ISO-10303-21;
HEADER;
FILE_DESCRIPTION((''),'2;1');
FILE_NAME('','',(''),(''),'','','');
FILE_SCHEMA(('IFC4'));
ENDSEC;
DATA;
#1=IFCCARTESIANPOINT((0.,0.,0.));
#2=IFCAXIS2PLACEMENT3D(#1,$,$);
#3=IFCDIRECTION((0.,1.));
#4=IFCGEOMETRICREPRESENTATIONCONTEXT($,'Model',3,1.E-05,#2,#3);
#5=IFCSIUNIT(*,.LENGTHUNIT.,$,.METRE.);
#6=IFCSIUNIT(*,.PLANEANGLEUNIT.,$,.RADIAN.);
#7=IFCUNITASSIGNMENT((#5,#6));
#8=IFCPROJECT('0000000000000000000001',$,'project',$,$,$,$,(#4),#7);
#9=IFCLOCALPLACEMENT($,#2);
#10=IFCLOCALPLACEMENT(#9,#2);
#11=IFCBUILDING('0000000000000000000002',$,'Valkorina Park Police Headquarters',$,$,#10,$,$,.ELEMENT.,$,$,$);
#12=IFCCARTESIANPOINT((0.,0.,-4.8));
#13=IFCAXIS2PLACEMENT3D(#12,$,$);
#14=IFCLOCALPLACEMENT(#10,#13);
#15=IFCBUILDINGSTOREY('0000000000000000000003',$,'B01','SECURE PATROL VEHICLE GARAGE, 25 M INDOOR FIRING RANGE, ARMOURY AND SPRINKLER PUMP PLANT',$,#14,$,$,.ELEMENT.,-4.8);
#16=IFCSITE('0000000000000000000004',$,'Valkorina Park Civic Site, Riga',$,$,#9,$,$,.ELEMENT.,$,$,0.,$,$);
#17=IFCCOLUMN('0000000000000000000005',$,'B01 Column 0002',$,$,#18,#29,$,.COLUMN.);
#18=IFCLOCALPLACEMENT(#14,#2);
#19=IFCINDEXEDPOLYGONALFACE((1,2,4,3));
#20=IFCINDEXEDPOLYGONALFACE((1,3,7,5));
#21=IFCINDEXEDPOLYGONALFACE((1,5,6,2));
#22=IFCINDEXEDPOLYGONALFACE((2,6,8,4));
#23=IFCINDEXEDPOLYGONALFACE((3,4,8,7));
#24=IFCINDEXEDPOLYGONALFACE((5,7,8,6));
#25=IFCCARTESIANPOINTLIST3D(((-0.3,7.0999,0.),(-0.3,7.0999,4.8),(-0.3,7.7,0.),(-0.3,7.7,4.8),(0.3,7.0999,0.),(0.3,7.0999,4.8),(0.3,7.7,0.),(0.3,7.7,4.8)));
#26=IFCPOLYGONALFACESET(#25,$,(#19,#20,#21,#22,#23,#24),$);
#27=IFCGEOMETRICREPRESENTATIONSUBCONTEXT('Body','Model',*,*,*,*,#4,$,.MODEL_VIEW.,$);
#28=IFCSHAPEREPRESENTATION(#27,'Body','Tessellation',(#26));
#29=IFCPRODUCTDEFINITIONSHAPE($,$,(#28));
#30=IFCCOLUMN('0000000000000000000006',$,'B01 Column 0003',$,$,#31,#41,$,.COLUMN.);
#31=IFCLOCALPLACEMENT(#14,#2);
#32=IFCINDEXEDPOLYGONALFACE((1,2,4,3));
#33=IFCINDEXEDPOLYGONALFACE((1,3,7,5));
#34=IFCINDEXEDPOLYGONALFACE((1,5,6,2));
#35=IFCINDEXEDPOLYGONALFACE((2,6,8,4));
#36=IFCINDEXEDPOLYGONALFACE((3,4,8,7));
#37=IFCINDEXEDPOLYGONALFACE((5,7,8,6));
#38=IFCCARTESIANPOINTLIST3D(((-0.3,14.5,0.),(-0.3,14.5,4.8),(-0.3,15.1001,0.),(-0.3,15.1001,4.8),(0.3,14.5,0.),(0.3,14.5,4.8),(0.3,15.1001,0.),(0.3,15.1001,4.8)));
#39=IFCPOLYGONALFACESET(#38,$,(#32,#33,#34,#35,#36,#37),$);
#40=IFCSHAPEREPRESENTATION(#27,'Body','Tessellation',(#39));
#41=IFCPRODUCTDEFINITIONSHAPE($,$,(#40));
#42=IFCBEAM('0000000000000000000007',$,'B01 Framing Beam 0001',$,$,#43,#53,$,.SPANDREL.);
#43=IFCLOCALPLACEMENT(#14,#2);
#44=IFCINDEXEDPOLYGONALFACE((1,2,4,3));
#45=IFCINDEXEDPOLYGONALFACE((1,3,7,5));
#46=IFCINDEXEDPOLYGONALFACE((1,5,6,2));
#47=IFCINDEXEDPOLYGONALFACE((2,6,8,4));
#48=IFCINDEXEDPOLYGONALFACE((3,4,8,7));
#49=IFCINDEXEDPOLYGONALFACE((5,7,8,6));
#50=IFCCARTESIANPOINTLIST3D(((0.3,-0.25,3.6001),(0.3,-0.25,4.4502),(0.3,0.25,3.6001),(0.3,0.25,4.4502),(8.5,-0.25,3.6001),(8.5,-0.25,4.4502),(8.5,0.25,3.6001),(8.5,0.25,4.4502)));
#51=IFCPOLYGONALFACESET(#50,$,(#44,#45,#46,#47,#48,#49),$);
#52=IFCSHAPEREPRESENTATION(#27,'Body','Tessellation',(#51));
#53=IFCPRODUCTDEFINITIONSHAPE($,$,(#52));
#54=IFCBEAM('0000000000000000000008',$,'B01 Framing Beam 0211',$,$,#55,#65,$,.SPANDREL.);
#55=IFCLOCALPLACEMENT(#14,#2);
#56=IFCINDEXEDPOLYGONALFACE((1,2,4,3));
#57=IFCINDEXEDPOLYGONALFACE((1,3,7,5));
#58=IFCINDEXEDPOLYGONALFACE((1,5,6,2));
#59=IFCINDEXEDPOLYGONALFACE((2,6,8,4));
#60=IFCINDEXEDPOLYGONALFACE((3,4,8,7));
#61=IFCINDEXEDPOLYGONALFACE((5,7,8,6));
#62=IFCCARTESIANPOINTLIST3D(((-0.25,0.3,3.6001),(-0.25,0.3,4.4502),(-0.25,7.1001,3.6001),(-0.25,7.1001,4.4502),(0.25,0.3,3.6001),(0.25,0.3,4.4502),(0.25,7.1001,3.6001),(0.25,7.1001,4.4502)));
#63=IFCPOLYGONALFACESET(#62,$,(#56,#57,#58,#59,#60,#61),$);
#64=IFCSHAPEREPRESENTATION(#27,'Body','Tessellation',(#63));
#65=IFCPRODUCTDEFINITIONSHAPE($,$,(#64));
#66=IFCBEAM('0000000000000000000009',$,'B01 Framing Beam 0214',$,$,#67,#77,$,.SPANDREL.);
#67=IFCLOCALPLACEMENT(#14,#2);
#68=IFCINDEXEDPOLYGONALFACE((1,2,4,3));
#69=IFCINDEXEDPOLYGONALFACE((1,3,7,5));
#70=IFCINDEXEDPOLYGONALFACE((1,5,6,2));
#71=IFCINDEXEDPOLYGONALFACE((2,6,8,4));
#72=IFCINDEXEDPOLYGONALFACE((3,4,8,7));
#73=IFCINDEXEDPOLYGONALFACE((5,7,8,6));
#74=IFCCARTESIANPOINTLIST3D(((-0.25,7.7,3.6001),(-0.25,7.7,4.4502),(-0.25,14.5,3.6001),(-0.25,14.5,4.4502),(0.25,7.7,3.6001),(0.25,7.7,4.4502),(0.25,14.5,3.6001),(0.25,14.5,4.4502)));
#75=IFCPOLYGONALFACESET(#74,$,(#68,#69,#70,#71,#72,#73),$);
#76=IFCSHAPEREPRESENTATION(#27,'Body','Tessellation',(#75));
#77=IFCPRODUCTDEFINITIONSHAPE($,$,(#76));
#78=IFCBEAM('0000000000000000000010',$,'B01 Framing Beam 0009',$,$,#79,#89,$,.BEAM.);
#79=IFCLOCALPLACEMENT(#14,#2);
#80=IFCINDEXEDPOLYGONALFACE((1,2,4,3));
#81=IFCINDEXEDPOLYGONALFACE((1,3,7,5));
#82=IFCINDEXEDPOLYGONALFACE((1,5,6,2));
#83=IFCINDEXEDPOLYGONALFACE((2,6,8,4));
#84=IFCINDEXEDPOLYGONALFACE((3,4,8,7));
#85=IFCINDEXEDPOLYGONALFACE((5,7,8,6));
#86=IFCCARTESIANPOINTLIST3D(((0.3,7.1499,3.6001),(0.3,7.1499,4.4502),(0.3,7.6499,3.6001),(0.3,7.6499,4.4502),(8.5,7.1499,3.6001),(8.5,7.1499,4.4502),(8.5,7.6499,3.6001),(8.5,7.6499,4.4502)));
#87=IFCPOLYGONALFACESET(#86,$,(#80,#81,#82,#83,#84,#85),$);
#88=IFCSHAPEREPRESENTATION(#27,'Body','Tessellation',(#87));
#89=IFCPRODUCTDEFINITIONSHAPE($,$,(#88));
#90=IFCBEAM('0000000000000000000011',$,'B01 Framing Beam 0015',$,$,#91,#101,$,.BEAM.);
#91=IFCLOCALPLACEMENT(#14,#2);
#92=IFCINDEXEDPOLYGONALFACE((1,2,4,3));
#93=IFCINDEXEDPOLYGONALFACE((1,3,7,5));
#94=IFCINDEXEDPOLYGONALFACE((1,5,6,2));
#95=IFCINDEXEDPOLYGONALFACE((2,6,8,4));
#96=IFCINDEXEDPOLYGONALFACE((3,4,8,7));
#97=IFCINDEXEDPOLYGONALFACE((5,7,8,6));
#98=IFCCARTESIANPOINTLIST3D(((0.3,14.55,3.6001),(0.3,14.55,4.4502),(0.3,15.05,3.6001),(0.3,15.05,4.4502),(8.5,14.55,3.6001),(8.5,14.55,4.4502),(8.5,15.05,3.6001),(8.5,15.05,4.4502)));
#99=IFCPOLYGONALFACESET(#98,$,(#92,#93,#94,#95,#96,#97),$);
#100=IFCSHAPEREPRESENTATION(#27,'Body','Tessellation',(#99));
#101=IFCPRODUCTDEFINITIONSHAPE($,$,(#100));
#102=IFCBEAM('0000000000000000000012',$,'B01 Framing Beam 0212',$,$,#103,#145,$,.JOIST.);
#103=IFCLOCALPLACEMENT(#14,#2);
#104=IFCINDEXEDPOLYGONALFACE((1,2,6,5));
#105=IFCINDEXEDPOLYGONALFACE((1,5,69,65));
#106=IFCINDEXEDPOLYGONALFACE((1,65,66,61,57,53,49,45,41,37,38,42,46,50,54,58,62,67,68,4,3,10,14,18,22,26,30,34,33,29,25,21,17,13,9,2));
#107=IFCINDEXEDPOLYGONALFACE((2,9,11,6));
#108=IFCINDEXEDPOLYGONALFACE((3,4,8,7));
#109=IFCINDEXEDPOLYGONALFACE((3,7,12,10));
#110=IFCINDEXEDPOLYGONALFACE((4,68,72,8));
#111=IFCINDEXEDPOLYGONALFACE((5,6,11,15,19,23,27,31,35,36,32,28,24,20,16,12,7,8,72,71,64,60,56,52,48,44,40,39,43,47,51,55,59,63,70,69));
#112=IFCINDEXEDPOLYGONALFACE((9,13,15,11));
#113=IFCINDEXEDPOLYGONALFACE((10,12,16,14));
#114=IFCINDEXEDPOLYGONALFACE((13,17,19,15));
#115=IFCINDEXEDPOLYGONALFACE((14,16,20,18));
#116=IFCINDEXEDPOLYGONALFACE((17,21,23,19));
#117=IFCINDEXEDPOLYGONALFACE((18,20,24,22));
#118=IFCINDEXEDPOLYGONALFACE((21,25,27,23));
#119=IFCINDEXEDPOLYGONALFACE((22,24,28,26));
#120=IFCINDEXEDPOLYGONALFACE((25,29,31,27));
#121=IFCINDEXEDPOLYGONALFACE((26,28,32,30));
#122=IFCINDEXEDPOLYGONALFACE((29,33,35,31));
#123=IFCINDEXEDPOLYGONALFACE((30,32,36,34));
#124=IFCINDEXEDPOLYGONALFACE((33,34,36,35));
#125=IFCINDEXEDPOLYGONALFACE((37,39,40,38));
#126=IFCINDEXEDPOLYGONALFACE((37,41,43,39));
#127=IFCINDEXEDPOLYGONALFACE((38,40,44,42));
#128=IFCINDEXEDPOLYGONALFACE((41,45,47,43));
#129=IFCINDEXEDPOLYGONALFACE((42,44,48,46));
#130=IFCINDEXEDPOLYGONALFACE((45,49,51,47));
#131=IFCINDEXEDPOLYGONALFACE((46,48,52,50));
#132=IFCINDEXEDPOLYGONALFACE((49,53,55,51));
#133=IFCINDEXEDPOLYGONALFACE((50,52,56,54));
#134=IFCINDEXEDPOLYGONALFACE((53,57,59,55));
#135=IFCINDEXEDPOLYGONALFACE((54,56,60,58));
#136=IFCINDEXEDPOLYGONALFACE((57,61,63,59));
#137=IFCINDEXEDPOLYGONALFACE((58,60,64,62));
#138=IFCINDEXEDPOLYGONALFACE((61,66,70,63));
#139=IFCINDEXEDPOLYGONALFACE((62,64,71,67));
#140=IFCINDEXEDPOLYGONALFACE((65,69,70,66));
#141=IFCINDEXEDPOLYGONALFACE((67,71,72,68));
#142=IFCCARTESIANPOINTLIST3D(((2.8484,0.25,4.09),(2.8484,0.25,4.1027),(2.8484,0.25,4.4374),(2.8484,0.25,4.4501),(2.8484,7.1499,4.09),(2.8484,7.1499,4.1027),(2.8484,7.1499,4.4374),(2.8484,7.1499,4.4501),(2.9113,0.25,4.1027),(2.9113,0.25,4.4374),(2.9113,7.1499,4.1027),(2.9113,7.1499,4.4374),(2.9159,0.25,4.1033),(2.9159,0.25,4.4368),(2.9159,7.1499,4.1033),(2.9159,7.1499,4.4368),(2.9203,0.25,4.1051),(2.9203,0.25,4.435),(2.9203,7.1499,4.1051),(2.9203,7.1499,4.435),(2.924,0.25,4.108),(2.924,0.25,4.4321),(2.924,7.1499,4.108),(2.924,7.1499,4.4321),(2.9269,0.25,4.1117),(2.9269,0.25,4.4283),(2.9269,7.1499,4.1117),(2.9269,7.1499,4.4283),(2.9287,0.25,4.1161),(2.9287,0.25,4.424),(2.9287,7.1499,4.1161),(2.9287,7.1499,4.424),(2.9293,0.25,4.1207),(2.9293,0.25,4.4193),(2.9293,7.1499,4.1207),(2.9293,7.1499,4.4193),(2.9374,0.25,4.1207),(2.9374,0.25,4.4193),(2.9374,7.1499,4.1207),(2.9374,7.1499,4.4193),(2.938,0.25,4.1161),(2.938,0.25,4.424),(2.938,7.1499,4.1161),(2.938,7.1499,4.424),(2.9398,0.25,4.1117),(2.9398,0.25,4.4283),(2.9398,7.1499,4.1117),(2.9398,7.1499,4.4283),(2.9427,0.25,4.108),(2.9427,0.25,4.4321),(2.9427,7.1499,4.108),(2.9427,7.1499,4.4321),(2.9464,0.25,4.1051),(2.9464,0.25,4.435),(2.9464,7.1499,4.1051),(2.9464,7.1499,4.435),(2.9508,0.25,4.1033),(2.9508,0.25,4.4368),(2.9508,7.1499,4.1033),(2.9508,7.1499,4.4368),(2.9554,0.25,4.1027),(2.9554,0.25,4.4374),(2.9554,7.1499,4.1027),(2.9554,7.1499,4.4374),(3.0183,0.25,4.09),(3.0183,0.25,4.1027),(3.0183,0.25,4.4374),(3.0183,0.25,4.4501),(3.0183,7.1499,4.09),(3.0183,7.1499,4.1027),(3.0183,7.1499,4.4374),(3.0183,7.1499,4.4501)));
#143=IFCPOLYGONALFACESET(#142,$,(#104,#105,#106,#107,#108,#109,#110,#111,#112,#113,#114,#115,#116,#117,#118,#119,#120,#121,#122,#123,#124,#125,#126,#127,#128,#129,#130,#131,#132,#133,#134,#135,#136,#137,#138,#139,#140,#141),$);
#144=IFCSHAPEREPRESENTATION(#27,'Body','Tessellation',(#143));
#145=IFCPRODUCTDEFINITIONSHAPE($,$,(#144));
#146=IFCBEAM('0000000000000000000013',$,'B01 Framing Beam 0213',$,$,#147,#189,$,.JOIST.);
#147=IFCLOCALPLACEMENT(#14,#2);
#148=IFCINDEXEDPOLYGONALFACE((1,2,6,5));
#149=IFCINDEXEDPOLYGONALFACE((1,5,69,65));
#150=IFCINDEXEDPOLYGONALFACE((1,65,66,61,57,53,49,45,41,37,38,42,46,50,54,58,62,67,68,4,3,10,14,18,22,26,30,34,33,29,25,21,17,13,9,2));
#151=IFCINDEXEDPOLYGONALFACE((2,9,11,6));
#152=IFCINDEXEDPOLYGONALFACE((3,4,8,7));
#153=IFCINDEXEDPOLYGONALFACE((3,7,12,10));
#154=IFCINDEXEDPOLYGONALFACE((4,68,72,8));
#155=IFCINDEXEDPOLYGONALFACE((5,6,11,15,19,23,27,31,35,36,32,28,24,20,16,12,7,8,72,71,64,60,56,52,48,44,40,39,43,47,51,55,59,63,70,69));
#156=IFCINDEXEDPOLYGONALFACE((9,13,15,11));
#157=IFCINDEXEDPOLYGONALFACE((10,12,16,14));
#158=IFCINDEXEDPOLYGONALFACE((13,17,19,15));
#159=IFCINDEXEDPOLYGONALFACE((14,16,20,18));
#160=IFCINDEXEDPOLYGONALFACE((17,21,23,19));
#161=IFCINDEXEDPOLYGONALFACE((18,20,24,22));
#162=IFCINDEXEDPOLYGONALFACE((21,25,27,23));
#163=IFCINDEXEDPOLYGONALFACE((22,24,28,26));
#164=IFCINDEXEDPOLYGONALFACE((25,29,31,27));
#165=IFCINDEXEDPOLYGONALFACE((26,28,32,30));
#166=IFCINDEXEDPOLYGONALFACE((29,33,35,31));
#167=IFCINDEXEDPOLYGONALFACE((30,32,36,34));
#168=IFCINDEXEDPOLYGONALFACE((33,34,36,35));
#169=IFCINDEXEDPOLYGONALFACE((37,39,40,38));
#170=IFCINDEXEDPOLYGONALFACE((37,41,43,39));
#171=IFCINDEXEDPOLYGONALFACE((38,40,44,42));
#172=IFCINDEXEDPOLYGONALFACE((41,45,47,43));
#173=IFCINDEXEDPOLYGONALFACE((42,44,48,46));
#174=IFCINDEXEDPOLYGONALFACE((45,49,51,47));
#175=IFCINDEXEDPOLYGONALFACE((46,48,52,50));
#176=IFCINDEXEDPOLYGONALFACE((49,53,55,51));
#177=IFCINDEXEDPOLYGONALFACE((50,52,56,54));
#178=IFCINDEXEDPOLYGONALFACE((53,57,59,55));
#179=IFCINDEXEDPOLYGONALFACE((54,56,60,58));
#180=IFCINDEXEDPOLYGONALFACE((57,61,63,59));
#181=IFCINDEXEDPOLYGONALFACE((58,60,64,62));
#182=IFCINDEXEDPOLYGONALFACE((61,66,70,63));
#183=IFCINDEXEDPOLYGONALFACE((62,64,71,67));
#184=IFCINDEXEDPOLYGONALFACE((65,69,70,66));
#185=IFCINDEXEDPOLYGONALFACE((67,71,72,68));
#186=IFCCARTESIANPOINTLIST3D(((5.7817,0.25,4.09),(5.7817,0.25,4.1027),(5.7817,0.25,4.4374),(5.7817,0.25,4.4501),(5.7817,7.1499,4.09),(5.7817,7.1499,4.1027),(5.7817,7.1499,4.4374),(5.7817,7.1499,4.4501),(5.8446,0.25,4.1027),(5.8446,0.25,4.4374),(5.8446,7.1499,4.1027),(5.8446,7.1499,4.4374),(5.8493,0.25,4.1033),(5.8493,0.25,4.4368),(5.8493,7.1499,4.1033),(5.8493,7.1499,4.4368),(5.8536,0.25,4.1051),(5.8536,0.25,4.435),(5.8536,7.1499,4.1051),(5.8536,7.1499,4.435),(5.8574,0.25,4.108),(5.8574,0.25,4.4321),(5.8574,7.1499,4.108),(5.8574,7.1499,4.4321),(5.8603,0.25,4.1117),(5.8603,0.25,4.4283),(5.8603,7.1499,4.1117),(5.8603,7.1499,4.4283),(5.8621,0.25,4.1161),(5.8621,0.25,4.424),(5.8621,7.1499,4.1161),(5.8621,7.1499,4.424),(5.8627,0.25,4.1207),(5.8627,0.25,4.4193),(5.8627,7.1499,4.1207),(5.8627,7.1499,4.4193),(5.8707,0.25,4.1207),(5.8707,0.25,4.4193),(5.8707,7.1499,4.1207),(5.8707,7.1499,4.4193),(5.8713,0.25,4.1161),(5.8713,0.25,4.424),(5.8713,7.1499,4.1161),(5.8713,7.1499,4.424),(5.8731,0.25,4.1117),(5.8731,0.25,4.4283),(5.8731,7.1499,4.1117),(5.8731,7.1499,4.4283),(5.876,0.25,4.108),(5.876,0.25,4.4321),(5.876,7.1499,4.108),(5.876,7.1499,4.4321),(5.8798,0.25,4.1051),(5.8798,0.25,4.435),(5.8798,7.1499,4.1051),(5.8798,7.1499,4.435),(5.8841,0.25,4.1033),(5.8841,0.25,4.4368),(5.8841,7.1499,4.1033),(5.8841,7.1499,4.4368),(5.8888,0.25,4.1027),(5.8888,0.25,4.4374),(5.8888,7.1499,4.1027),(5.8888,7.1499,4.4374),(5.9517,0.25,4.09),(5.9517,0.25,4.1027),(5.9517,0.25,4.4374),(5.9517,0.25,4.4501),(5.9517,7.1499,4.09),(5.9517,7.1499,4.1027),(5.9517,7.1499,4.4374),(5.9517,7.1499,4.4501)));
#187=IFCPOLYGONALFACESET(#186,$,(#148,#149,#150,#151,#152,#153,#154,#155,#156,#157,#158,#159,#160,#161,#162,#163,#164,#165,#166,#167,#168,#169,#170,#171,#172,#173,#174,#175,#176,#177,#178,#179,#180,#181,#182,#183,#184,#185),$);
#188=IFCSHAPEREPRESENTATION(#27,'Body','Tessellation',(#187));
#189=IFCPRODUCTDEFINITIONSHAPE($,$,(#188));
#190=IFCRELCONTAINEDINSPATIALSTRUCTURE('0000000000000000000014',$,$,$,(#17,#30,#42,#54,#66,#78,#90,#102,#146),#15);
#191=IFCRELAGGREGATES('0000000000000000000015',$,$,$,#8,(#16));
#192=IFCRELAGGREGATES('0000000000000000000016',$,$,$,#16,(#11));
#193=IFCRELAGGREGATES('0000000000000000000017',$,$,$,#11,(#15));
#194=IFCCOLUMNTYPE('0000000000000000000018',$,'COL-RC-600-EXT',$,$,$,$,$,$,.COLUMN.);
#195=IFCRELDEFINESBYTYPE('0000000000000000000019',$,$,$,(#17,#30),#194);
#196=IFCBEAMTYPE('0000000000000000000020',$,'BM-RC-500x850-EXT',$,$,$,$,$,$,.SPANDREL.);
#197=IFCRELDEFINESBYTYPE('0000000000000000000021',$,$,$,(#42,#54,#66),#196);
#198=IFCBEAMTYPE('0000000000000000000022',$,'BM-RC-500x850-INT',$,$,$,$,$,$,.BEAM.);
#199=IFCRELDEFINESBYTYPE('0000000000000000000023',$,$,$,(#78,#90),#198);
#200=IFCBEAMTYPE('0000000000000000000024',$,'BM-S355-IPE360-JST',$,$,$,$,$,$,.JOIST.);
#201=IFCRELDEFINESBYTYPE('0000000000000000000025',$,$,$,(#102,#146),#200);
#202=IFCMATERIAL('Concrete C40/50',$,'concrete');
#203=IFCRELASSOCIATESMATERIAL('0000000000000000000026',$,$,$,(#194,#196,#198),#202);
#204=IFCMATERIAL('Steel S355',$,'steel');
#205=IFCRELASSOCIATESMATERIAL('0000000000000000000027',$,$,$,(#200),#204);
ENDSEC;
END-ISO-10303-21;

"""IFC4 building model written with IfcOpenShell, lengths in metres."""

from ifc_helpers import new_model, si_unit, direction, frame, origin, origin_2d, place, context, subcontext, project, spatial, rectangle, i_section, extrude, material, material_profile, profile_set, type_object, element, save


model = new_model("IFC4")

# Units and contexts
model_context = context("Model", 3, precision=1e-05, world=origin(), true_north=direction((0.0, 1.0)))
body_context = subcontext(model_context, "Body", "Model", "MODEL_VIEW")
ifc_project = project(units=[si_unit("LENGTHUNIT", "METRE"), si_unit("PLANEANGLEUNIT", "RADIAN")], contexts=[model_context])

# Site, building, storey
site_placement = place(None, origin())
site = spatial("IfcSite", under=ifc_project, at=site_placement, Name="Valkorina Park Civic Site, Riga", CompositionType="ELEMENT", RefElevation=0.0)
building_placement = place(site_placement, origin())
building = spatial("IfcBuilding", under=site, at=building_placement, Name="Valkorina Park Police Headquarters", CompositionType="ELEMENT")
storey_placement = place(building_placement, frame((0.0, 0.0, -4.8)))
storey = spatial("IfcBuildingStorey", under=building, at=storey_placement, Name="B01", Description="SECURE PATROL VEHICLE GARAGE, 25 M INDOOR FIRING RANGE, ARMOURY AND SPRINKLER PUMP PLANT", CompositionType="ELEMENT", Elevation=-4.8)

# Shared definitions
ifc_material_1 = material(Name="Concrete C40/50", Category="concrete")

# Columns
ifc_material_profile_1 = material_profile(ifc_material_1, rectangle(XDim=0.6001, YDim=0.6001, at=origin_2d()), Name="RC COL 600x600")
ifc_profile_set_1 = profile_set([ifc_material_profile_1], Name="Concrete C40/50")
column_type = type_object("IfcColumnType", Name="COL-RC-600-EXT", PredefinedType="COLUMN", material=ifc_profile_set_1)
for number, where, z_axis, x_axis, name in (
    (1, (0.0, 7.3999, 0.0), (0.0, 0.0, 1.0), (1.0, 0.0, 0.0), "B01 Column 0002"),
    (2, (0.0, 14.8, 0.0), (0.0, 0.0, 1.0), (1.0, 0.0, 0.0), "B01 Column 0003"),
):
    element("IfcColumn", number, at=place(storey_placement, frame(where, z_axis=z_axis, x_axis=x_axis)), inside=storey, type_object=column_type, Name=name, PredefinedType="COLUMN", context=body_context, shape_type="SweptSolid", body=[
        extrude(rectangle(XDim=0.6001, YDim=0.6001, at=origin_2d()), origin(), (0.0, 0.0, 1.0), 4.8),
    ])

# Beams
ifc_material_profile_2 = material_profile(ifc_material_1, rectangle(XDim=0.5, YDim=0.8501, at=origin_2d()), Name="RC BEAM 500x850")
ifc_profile_set_2 = profile_set([ifc_material_profile_2], Name="Concrete C40/50")
beam_type_1 = type_object("IfcBeamType", Name="BM-RC-500x850-EXT", PredefinedType="SPANDREL", material=ifc_profile_set_2)
beam_placement = place(storey_placement, frame((0.3, 0.0, 4.0251), z_axis=(1.0, 0.0, 0.0), x_axis=(0.0, 1.0, 0.0)))
element("IfcBeam", 3, at=beam_placement, inside=storey, type_object=beam_type_1, Name="B01 Framing Beam 0001", PredefinedType="SPANDREL", context=body_context, shape_type="SweptSolid", body=[
    extrude(rectangle(XDim=0.5, YDim=0.8501, at=origin_2d()), origin(), (0.0, 0.0, 1.0), 8.2),
])
for number, where, z_axis, x_axis, name in (
    (4, (0.0, 0.3, 4.0251), (0.0, 1.0, 0.0), (-1.0, 0.0, 0.0), "B01 Framing Beam 0211"),
    (5, (0.0, 7.7, 4.0251), (0.0, 1.0, 0.0), (-1.0, 0.0, 0.0), "B01 Framing Beam 0214"),
):
    element("IfcBeam", number, at=place(storey_placement, frame(where, z_axis=z_axis, x_axis=x_axis)), inside=storey, type_object=beam_type_1, Name=name, PredefinedType="SPANDREL", context=body_context, shape_type="SweptSolid", body=[
        extrude(rectangle(XDim=0.5, YDim=0.8501, at=origin_2d()), origin(), (0.0, 0.0, 1.0), 6.8),
    ])
ifc_material_profile_3 = material_profile(ifc_material_1, rectangle(XDim=0.5, YDim=0.8501, at=origin_2d()), Name="RC BEAM 500x850")
ifc_profile_set_3 = profile_set([ifc_material_profile_3], Name="Concrete C40/50")
beam_type_2 = type_object("IfcBeamType", Name="BM-RC-500x850-INT", PredefinedType="BEAM", material=ifc_profile_set_3)
for number, where, z_axis, x_axis, name in (
    (6, (0.3, 7.3999, 4.0251), (1.0, 0.0, 0.0), (0.0, 1.0, 0.0), "B01 Framing Beam 0009"),
    (7, (0.3, 14.8, 4.0251), (1.0, 0.0, 0.0), (0.0, 1.0, 0.0), "B01 Framing Beam 0015"),
):
    element("IfcBeam", number, at=place(storey_placement, frame(where, z_axis=z_axis, x_axis=x_axis)), inside=storey, type_object=beam_type_2, Name=name, PredefinedType="BEAM", context=body_context, shape_type="SweptSolid", body=[
        extrude(rectangle(XDim=0.5, YDim=0.8501, at=origin_2d()), origin(), (0.0, 0.0, 1.0), 8.2),
    ])
ifc_material_2 = material(Name="Steel S355", Category="steel")
ifc_material_profile_4 = material_profile(ifc_material_2, i_section(OverallWidth=0.1699, OverallDepth=0.3601, WebThickness=0.0081, FlangeThickness=0.0127, FilletRadius=0.0181, at=origin_2d()), Name="IPE 360")
ifc_profile_set_4 = profile_set([ifc_material_profile_4], Name="Steel S355")
beam_type_3 = type_object("IfcBeamType", Name="BM-S355-IPE360-JST", PredefinedType="JOIST", material=ifc_profile_set_4)
for number, where, z_axis, x_axis, name in (
    (8, (2.9333, 0.25, 4.27), (0.0, 1.0, 0.0), (-1.0, 0.0, 0.0), "B01 Framing Beam 0212"),
    (9, (5.8667, 0.25, 4.27), (0.0, 1.0, 0.0), (-1.0, 0.0, 0.0), "B01 Framing Beam 0213"),
):
    element("IfcBeam", number, at=place(storey_placement, frame(where, z_axis=z_axis, x_axis=x_axis)), inside=storey, type_object=beam_type_3, Name=name, PredefinedType="JOIST", context=body_context, shape_type="SweptSolid", body=[
        extrude(i_section(OverallWidth=0.1699, OverallDepth=0.3601, WebThickness=0.0081, FlangeThickness=0.0127, FilletRadius=0.0181, at=origin_2d()), origin(), (0.0, 0.0, 1.0), 6.8999),
    ])

save(model, "model.ifc")
